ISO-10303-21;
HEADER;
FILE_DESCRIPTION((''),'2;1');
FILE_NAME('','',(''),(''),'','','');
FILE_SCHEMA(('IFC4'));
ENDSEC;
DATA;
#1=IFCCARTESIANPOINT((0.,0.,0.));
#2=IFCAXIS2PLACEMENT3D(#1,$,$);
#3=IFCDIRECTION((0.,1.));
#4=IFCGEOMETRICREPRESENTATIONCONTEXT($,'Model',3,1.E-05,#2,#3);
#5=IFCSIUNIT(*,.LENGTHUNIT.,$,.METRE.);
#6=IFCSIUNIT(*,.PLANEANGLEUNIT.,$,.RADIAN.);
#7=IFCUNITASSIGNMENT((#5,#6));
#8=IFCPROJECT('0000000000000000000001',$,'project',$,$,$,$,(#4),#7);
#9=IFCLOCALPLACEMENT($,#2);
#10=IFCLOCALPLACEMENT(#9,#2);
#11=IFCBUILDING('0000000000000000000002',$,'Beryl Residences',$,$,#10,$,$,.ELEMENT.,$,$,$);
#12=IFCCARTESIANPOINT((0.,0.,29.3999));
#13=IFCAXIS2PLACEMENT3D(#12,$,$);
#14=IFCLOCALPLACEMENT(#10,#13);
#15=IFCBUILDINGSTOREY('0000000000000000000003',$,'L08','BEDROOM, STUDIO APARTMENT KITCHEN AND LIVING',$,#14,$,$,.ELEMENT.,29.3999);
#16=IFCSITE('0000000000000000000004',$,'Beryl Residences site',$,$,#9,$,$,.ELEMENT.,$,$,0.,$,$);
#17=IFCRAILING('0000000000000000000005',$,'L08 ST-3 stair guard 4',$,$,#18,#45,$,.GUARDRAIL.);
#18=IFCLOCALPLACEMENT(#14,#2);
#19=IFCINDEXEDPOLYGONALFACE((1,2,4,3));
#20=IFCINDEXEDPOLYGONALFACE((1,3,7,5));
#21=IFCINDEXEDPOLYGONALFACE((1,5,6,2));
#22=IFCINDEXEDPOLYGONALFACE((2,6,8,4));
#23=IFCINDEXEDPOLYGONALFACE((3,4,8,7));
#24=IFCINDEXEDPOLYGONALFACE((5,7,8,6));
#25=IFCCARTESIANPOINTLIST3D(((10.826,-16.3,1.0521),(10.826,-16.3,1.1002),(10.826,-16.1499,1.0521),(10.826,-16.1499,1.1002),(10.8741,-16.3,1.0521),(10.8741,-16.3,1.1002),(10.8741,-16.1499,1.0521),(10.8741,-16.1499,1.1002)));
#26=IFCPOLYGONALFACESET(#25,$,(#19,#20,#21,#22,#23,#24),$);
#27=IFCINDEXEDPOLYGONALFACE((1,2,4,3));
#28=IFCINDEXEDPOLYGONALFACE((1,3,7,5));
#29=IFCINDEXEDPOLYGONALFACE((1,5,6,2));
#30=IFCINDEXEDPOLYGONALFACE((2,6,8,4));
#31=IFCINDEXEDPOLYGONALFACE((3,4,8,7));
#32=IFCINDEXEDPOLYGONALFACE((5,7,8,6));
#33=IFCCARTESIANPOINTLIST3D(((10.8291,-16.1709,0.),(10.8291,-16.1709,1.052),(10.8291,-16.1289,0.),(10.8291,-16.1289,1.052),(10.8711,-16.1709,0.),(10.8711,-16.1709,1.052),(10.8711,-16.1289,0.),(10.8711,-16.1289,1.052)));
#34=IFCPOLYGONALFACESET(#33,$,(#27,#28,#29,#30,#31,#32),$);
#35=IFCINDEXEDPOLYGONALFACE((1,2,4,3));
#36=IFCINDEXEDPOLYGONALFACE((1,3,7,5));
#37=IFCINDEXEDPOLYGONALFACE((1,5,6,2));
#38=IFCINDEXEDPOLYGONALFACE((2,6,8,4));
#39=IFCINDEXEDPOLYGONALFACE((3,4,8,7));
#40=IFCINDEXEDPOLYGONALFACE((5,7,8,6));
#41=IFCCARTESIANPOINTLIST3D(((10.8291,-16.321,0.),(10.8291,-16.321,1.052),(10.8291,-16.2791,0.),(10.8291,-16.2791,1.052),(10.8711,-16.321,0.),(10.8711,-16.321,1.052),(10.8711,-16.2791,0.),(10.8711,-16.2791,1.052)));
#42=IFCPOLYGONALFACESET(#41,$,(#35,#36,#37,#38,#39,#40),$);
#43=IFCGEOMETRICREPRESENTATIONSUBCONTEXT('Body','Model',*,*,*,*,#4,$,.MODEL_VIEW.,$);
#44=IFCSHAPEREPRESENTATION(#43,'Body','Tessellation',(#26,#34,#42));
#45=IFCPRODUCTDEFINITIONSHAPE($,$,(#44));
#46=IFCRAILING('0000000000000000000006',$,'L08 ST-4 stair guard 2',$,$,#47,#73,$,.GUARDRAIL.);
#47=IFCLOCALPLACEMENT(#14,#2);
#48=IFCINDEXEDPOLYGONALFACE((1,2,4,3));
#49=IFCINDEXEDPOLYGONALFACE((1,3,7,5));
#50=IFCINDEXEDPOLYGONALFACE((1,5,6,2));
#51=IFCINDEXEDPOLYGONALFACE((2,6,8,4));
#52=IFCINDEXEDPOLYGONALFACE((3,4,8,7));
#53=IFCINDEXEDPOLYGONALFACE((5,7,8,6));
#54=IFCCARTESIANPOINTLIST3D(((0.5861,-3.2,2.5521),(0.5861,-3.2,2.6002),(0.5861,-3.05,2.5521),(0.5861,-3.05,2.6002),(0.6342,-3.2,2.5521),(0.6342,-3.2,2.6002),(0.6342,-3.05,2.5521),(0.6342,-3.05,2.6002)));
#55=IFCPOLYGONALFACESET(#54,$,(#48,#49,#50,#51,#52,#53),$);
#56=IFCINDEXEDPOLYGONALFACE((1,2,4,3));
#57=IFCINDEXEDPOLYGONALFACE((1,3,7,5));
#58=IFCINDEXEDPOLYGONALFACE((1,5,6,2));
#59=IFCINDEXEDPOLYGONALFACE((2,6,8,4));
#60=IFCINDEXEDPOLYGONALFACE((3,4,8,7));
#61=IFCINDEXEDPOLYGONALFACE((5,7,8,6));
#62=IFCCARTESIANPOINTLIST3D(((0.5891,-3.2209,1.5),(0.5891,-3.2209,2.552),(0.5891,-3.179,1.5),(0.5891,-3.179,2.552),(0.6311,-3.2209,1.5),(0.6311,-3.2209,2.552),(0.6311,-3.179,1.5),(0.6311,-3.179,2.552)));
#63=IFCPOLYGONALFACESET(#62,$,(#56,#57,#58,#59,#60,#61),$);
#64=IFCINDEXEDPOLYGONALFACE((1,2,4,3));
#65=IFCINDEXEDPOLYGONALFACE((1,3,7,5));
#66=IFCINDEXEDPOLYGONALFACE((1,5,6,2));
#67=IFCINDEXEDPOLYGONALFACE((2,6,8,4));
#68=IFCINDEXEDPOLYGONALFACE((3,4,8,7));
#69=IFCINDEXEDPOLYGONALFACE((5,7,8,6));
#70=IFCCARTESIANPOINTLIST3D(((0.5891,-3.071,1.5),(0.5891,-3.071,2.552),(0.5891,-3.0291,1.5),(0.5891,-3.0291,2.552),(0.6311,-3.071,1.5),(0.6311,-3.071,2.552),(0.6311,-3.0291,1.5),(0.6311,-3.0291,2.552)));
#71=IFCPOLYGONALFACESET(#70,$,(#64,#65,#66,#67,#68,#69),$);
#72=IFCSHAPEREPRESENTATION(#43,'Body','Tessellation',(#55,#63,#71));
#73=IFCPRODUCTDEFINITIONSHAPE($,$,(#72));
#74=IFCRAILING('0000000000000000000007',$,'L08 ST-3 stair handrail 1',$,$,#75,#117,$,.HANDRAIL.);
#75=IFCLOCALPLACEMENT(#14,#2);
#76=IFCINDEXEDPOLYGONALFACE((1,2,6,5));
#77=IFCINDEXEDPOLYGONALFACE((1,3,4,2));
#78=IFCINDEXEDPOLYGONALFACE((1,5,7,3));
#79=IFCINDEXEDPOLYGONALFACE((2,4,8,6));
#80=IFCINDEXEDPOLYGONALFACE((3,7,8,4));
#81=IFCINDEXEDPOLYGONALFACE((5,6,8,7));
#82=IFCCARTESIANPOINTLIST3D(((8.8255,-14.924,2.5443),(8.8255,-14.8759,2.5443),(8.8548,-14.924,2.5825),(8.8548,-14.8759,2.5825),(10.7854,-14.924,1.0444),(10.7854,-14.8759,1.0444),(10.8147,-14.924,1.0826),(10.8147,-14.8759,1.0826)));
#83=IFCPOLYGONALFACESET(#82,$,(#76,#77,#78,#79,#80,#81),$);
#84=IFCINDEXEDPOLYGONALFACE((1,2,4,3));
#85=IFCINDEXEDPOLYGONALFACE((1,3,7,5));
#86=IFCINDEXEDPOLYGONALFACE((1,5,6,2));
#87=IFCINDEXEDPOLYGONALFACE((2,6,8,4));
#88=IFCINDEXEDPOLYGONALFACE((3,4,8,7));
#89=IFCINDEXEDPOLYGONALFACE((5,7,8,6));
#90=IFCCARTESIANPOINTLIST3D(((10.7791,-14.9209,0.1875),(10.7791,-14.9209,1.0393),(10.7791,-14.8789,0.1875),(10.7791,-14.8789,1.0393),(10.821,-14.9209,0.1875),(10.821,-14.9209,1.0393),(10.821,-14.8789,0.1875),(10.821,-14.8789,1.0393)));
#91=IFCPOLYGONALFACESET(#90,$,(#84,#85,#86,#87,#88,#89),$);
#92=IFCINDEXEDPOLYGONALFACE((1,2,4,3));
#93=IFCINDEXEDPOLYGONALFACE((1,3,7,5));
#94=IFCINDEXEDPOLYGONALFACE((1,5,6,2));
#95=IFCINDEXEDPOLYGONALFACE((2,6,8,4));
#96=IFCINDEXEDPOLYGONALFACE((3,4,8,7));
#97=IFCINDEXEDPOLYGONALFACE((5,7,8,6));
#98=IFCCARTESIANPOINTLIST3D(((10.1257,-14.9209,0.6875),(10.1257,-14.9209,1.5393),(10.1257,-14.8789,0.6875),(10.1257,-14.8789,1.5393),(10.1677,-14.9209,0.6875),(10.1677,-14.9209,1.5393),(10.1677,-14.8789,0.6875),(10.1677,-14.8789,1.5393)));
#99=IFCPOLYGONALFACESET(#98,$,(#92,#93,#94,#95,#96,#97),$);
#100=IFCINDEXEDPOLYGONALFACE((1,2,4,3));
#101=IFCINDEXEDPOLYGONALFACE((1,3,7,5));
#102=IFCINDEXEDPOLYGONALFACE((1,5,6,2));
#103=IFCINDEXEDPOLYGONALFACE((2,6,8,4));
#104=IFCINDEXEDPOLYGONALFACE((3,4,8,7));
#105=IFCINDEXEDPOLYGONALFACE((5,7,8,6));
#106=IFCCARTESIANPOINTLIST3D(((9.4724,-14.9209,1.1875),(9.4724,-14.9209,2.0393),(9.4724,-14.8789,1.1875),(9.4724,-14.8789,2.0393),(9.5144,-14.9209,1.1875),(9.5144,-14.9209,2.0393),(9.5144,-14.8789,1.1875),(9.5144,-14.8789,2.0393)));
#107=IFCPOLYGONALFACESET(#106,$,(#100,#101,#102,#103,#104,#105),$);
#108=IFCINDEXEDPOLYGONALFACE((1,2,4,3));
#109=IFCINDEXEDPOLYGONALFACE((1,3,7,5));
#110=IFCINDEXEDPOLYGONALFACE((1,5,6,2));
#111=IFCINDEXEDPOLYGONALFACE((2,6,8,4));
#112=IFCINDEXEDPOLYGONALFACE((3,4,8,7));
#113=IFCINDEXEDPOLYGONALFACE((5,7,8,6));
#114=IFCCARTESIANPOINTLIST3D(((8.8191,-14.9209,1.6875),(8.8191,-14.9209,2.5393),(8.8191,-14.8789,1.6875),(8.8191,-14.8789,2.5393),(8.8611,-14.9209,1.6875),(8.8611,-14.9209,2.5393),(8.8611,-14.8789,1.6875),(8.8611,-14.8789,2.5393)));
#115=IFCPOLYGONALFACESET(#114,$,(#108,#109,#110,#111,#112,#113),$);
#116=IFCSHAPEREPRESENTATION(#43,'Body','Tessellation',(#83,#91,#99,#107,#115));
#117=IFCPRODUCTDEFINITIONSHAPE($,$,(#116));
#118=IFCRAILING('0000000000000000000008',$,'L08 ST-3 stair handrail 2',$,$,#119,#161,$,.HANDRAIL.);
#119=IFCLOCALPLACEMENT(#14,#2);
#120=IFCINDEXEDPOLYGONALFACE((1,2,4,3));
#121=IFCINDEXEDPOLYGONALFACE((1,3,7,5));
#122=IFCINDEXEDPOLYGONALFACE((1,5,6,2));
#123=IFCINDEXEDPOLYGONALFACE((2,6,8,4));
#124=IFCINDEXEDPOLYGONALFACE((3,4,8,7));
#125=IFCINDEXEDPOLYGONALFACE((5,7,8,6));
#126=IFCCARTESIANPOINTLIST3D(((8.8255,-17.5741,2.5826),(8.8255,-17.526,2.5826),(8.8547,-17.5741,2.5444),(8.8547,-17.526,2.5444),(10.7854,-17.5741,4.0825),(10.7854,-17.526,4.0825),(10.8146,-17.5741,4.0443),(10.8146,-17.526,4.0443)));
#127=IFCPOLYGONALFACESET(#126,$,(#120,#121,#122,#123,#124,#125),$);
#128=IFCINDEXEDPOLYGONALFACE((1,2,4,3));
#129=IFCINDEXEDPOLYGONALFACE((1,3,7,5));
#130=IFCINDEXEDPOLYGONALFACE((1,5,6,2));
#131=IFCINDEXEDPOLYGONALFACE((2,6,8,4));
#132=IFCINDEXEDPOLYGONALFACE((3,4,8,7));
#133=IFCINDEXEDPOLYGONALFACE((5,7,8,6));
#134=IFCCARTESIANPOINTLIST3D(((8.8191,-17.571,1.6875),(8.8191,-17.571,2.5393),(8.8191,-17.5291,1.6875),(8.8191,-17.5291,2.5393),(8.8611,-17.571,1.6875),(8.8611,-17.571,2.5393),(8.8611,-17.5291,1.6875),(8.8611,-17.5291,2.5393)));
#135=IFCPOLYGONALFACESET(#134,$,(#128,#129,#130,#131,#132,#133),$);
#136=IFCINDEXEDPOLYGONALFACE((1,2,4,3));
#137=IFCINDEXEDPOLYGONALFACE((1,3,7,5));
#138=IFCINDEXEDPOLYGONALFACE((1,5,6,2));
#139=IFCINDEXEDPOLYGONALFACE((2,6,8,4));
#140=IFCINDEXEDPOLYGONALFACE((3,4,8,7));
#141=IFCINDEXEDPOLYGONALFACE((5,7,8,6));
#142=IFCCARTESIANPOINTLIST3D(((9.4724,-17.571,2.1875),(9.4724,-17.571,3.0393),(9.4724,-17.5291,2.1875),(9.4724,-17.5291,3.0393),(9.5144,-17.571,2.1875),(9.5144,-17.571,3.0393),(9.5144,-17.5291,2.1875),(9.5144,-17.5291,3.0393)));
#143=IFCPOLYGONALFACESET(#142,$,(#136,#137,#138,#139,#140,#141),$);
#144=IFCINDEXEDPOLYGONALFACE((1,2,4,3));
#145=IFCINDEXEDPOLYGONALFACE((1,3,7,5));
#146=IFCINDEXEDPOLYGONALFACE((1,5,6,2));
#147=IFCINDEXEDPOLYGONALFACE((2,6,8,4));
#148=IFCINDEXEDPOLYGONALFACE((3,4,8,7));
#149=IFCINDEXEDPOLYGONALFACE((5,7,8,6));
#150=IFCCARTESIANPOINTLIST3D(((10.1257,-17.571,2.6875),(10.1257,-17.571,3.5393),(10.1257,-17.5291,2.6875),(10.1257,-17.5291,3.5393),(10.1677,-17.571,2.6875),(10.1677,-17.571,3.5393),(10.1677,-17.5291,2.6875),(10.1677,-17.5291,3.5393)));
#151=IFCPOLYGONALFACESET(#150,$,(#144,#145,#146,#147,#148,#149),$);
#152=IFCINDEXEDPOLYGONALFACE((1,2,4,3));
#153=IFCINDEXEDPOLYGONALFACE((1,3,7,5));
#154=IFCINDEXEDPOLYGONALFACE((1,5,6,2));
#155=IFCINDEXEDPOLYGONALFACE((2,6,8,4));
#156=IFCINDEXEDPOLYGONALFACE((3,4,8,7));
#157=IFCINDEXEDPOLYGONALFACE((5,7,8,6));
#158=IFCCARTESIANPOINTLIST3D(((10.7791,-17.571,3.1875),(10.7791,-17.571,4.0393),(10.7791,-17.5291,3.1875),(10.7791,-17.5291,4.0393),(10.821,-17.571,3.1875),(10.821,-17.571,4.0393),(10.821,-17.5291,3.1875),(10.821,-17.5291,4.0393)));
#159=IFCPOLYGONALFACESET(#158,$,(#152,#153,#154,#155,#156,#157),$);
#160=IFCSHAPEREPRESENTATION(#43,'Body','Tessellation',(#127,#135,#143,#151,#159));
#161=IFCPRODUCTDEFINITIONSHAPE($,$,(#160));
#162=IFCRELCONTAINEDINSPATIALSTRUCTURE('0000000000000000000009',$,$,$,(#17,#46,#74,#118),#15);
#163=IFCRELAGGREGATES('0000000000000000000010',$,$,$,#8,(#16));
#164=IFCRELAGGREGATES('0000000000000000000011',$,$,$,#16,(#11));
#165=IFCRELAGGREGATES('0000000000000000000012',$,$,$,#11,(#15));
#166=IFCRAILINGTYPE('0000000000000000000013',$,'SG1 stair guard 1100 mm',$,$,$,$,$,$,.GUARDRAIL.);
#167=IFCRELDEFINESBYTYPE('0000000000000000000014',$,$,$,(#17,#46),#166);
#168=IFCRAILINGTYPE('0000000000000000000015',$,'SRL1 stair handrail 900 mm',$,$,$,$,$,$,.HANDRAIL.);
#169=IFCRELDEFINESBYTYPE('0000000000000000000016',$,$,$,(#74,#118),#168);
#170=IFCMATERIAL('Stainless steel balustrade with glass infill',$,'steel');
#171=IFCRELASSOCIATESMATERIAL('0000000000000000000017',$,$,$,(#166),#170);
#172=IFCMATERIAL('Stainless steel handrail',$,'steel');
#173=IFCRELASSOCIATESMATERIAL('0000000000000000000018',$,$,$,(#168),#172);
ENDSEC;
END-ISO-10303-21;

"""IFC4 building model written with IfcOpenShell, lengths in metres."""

from ifc_helpers import new_model, si_unit, direction, frame, origin, origin_2d, place, context, subcontext, project, spatial, rectangle, extrude, material, type_object, element, save


model = new_model("IFC4")

# Units and contexts
model_context = context("Model", 3, precision=1e-05, world=origin(), true_north=direction((0.0, 1.0)))
body_context = subcontext(model_context, "Body", "Model", "MODEL_VIEW")
ifc_project = project(units=[si_unit("LENGTHUNIT", "METRE"), si_unit("PLANEANGLEUNIT", "RADIAN")], contexts=[model_context])

# Site, building, storey
site_placement = place(None, origin())
site = spatial("IfcSite", under=ifc_project, at=site_placement, Name="Beryl Residences site", CompositionType="ELEMENT", RefElevation=0.0)
building_placement = place(site_placement, origin())
building = spatial("IfcBuilding", under=site, at=building_placement, Name="Beryl Residences", CompositionType="ELEMENT")
storey_placement = place(building_placement, frame((0.0, 0.0, 29.3999)))
storey = spatial("IfcBuildingStorey", under=building, at=storey_placement, Name="L08", Description="BEDROOM, STUDIO APARTMENT KITCHEN AND LIVING", CompositionType="ELEMENT", Elevation=29.3999)

# Railings
ifc_material_1 = material(Name="Stainless steel balustrade with glass infill", Category="steel")
railing_type_1 = type_object("IfcRailingType", Name="SG1 stair guard 1100 mm", PredefinedType="GUARDRAIL", material=ifc_material_1)
railing_1_placement = place(storey_placement, frame((10.8501, -16.1499, 0.0)))
element("IfcRailing", 1, at=railing_1_placement, inside=storey, type_object=railing_type_1, Name="L08 ST-3 stair guard 4", PredefinedType="GUARDRAIL", context=body_context, shape_type="SweptSolid", body=[
    extrude(rectangle(XDim=0.0481, YDim=0.0481, at=origin_2d()), frame((0.0, 0.0, 1.0762), z_axis=(0.0, -1.0, 0.0), x_axis=(1.0, 0.0, 0.0)), (0.0, 0.0, 1.0), 0.1501),
    extrude(rectangle(XDim=0.042, YDim=0.042, at=origin_2d()), origin(), (0.0, 0.0, 1.0), 1.052),
    extrude(rectangle(XDim=0.042, YDim=0.042, at=origin_2d()), frame((0.0, -0.1501, 0.0)), (0.0, 0.0, 1.0), 1.052),
])
railing_2_placement = place(storey_placement, frame((0.6101, -3.2, 1.5)))
element("IfcRailing", 2, at=railing_2_placement, inside=storey, type_object=railing_type_1, Name="L08 ST-4 stair guard 2", PredefinedType="GUARDRAIL", context=body_context, shape_type="SweptSolid", body=[
    extrude(rectangle(XDim=0.0481, YDim=0.0481, at=origin_2d()), frame((0.0, 0.0, 1.0762), z_axis=(0.0, 1.0, 0.0), x_axis=(-1.0, 0.0, 0.0)), (0.0, 0.0, 1.0), 0.1499),
    extrude(rectangle(XDim=0.042, YDim=0.042, at=origin_2d()), origin(), (0.0, 0.0, 1.0), 1.052),
    extrude(rectangle(XDim=0.042, YDim=0.042, at=origin_2d()), frame((0.0, 0.1499, 0.0)), (0.0, 0.0, 1.0), 1.052),
])
ifc_material_2 = material(Name="Stainless steel handrail", Category="steel")
railing_type_2 = type_object("IfcRailingType", Name="SRL1 stair handrail 900 mm", PredefinedType="HANDRAIL", material=ifc_material_2)
railing_3_placement = place(storey_placement, frame((10.8, -14.8999, 0.1875)))
element("IfcRailing", 3, at=railing_3_placement, inside=storey, type_object=railing_type_2, Name="L08 ST-3 stair handrail 1", PredefinedType="HANDRAIL", context=body_context, shape_type="SweptSolid", body=[
    extrude(rectangle(XDim=0.0481, YDim=0.0481, at=origin_2d()), frame((0.0, 0.0, 0.876), z_axis=(-0.794122, 0.0, 0.607758), x_axis=(0.0, -1.0, 0.0)), (0.0, 0.0, 1.0), 2.468),
    extrude(rectangle(XDim=0.042, YDim=0.042, at=origin_2d()), origin(), (0.0, 0.0, 1.0), 0.8518),
    extrude(rectangle(XDim=0.042, YDim=0.042, at=origin_2d()), frame((-0.6533, 0.0, 0.5)), (0.0, 0.0, 1.0), 0.8518),
    extrude(rectangle(XDim=0.042, YDim=0.042, at=origin_2d()), frame((-1.3066, 0.0, 1.0)), (0.0, 0.0, 1.0), 0.8518),
    extrude(rectangle(XDim=0.042, YDim=0.042, at=origin_2d()), frame((-1.96, 0.0, 1.5)), (0.0, 0.0, 1.0), 0.8518),
])
railing_4_placement = place(storey_placement, frame((8.8401, -17.55, 1.6875)))
element("IfcRailing", 4, at=railing_4_placement, inside=storey, type_object=railing_type_2, Name="L08 ST-3 stair handrail 2", PredefinedType="HANDRAIL", context=body_context, shape_type="SweptSolid", body=[
    extrude(rectangle(XDim=0.0481, YDim=0.0481, at=origin_2d()), frame((0.0, 0.0, 0.876), z_axis=(0.794122, 0.0, 0.607758), x_axis=(0.0, 1.0, 0.0)), (0.0, 0.0, 1.0), 2.468),
    extrude(rectangle(XDim=0.042, YDim=0.042, at=origin_2d()), origin(), (0.0, 0.0, 1.0), 0.8518),
    extrude(rectangle(XDim=0.042, YDim=0.042, at=origin_2d()), frame((0.6533, 0.0, 0.5)), (0.0, 0.0, 1.0), 0.8518),
    extrude(rectangle(XDim=0.042, YDim=0.042, at=origin_2d()), frame((1.3066, 0.0, 1.0)), (0.0, 0.0, 1.0), 0.8518),
    extrude(rectangle(XDim=0.042, YDim=0.042, at=origin_2d()), frame((1.96, 0.0, 1.5)), (0.0, 0.0, 1.0), 0.8518),
])

save(model, "model.ifc")
